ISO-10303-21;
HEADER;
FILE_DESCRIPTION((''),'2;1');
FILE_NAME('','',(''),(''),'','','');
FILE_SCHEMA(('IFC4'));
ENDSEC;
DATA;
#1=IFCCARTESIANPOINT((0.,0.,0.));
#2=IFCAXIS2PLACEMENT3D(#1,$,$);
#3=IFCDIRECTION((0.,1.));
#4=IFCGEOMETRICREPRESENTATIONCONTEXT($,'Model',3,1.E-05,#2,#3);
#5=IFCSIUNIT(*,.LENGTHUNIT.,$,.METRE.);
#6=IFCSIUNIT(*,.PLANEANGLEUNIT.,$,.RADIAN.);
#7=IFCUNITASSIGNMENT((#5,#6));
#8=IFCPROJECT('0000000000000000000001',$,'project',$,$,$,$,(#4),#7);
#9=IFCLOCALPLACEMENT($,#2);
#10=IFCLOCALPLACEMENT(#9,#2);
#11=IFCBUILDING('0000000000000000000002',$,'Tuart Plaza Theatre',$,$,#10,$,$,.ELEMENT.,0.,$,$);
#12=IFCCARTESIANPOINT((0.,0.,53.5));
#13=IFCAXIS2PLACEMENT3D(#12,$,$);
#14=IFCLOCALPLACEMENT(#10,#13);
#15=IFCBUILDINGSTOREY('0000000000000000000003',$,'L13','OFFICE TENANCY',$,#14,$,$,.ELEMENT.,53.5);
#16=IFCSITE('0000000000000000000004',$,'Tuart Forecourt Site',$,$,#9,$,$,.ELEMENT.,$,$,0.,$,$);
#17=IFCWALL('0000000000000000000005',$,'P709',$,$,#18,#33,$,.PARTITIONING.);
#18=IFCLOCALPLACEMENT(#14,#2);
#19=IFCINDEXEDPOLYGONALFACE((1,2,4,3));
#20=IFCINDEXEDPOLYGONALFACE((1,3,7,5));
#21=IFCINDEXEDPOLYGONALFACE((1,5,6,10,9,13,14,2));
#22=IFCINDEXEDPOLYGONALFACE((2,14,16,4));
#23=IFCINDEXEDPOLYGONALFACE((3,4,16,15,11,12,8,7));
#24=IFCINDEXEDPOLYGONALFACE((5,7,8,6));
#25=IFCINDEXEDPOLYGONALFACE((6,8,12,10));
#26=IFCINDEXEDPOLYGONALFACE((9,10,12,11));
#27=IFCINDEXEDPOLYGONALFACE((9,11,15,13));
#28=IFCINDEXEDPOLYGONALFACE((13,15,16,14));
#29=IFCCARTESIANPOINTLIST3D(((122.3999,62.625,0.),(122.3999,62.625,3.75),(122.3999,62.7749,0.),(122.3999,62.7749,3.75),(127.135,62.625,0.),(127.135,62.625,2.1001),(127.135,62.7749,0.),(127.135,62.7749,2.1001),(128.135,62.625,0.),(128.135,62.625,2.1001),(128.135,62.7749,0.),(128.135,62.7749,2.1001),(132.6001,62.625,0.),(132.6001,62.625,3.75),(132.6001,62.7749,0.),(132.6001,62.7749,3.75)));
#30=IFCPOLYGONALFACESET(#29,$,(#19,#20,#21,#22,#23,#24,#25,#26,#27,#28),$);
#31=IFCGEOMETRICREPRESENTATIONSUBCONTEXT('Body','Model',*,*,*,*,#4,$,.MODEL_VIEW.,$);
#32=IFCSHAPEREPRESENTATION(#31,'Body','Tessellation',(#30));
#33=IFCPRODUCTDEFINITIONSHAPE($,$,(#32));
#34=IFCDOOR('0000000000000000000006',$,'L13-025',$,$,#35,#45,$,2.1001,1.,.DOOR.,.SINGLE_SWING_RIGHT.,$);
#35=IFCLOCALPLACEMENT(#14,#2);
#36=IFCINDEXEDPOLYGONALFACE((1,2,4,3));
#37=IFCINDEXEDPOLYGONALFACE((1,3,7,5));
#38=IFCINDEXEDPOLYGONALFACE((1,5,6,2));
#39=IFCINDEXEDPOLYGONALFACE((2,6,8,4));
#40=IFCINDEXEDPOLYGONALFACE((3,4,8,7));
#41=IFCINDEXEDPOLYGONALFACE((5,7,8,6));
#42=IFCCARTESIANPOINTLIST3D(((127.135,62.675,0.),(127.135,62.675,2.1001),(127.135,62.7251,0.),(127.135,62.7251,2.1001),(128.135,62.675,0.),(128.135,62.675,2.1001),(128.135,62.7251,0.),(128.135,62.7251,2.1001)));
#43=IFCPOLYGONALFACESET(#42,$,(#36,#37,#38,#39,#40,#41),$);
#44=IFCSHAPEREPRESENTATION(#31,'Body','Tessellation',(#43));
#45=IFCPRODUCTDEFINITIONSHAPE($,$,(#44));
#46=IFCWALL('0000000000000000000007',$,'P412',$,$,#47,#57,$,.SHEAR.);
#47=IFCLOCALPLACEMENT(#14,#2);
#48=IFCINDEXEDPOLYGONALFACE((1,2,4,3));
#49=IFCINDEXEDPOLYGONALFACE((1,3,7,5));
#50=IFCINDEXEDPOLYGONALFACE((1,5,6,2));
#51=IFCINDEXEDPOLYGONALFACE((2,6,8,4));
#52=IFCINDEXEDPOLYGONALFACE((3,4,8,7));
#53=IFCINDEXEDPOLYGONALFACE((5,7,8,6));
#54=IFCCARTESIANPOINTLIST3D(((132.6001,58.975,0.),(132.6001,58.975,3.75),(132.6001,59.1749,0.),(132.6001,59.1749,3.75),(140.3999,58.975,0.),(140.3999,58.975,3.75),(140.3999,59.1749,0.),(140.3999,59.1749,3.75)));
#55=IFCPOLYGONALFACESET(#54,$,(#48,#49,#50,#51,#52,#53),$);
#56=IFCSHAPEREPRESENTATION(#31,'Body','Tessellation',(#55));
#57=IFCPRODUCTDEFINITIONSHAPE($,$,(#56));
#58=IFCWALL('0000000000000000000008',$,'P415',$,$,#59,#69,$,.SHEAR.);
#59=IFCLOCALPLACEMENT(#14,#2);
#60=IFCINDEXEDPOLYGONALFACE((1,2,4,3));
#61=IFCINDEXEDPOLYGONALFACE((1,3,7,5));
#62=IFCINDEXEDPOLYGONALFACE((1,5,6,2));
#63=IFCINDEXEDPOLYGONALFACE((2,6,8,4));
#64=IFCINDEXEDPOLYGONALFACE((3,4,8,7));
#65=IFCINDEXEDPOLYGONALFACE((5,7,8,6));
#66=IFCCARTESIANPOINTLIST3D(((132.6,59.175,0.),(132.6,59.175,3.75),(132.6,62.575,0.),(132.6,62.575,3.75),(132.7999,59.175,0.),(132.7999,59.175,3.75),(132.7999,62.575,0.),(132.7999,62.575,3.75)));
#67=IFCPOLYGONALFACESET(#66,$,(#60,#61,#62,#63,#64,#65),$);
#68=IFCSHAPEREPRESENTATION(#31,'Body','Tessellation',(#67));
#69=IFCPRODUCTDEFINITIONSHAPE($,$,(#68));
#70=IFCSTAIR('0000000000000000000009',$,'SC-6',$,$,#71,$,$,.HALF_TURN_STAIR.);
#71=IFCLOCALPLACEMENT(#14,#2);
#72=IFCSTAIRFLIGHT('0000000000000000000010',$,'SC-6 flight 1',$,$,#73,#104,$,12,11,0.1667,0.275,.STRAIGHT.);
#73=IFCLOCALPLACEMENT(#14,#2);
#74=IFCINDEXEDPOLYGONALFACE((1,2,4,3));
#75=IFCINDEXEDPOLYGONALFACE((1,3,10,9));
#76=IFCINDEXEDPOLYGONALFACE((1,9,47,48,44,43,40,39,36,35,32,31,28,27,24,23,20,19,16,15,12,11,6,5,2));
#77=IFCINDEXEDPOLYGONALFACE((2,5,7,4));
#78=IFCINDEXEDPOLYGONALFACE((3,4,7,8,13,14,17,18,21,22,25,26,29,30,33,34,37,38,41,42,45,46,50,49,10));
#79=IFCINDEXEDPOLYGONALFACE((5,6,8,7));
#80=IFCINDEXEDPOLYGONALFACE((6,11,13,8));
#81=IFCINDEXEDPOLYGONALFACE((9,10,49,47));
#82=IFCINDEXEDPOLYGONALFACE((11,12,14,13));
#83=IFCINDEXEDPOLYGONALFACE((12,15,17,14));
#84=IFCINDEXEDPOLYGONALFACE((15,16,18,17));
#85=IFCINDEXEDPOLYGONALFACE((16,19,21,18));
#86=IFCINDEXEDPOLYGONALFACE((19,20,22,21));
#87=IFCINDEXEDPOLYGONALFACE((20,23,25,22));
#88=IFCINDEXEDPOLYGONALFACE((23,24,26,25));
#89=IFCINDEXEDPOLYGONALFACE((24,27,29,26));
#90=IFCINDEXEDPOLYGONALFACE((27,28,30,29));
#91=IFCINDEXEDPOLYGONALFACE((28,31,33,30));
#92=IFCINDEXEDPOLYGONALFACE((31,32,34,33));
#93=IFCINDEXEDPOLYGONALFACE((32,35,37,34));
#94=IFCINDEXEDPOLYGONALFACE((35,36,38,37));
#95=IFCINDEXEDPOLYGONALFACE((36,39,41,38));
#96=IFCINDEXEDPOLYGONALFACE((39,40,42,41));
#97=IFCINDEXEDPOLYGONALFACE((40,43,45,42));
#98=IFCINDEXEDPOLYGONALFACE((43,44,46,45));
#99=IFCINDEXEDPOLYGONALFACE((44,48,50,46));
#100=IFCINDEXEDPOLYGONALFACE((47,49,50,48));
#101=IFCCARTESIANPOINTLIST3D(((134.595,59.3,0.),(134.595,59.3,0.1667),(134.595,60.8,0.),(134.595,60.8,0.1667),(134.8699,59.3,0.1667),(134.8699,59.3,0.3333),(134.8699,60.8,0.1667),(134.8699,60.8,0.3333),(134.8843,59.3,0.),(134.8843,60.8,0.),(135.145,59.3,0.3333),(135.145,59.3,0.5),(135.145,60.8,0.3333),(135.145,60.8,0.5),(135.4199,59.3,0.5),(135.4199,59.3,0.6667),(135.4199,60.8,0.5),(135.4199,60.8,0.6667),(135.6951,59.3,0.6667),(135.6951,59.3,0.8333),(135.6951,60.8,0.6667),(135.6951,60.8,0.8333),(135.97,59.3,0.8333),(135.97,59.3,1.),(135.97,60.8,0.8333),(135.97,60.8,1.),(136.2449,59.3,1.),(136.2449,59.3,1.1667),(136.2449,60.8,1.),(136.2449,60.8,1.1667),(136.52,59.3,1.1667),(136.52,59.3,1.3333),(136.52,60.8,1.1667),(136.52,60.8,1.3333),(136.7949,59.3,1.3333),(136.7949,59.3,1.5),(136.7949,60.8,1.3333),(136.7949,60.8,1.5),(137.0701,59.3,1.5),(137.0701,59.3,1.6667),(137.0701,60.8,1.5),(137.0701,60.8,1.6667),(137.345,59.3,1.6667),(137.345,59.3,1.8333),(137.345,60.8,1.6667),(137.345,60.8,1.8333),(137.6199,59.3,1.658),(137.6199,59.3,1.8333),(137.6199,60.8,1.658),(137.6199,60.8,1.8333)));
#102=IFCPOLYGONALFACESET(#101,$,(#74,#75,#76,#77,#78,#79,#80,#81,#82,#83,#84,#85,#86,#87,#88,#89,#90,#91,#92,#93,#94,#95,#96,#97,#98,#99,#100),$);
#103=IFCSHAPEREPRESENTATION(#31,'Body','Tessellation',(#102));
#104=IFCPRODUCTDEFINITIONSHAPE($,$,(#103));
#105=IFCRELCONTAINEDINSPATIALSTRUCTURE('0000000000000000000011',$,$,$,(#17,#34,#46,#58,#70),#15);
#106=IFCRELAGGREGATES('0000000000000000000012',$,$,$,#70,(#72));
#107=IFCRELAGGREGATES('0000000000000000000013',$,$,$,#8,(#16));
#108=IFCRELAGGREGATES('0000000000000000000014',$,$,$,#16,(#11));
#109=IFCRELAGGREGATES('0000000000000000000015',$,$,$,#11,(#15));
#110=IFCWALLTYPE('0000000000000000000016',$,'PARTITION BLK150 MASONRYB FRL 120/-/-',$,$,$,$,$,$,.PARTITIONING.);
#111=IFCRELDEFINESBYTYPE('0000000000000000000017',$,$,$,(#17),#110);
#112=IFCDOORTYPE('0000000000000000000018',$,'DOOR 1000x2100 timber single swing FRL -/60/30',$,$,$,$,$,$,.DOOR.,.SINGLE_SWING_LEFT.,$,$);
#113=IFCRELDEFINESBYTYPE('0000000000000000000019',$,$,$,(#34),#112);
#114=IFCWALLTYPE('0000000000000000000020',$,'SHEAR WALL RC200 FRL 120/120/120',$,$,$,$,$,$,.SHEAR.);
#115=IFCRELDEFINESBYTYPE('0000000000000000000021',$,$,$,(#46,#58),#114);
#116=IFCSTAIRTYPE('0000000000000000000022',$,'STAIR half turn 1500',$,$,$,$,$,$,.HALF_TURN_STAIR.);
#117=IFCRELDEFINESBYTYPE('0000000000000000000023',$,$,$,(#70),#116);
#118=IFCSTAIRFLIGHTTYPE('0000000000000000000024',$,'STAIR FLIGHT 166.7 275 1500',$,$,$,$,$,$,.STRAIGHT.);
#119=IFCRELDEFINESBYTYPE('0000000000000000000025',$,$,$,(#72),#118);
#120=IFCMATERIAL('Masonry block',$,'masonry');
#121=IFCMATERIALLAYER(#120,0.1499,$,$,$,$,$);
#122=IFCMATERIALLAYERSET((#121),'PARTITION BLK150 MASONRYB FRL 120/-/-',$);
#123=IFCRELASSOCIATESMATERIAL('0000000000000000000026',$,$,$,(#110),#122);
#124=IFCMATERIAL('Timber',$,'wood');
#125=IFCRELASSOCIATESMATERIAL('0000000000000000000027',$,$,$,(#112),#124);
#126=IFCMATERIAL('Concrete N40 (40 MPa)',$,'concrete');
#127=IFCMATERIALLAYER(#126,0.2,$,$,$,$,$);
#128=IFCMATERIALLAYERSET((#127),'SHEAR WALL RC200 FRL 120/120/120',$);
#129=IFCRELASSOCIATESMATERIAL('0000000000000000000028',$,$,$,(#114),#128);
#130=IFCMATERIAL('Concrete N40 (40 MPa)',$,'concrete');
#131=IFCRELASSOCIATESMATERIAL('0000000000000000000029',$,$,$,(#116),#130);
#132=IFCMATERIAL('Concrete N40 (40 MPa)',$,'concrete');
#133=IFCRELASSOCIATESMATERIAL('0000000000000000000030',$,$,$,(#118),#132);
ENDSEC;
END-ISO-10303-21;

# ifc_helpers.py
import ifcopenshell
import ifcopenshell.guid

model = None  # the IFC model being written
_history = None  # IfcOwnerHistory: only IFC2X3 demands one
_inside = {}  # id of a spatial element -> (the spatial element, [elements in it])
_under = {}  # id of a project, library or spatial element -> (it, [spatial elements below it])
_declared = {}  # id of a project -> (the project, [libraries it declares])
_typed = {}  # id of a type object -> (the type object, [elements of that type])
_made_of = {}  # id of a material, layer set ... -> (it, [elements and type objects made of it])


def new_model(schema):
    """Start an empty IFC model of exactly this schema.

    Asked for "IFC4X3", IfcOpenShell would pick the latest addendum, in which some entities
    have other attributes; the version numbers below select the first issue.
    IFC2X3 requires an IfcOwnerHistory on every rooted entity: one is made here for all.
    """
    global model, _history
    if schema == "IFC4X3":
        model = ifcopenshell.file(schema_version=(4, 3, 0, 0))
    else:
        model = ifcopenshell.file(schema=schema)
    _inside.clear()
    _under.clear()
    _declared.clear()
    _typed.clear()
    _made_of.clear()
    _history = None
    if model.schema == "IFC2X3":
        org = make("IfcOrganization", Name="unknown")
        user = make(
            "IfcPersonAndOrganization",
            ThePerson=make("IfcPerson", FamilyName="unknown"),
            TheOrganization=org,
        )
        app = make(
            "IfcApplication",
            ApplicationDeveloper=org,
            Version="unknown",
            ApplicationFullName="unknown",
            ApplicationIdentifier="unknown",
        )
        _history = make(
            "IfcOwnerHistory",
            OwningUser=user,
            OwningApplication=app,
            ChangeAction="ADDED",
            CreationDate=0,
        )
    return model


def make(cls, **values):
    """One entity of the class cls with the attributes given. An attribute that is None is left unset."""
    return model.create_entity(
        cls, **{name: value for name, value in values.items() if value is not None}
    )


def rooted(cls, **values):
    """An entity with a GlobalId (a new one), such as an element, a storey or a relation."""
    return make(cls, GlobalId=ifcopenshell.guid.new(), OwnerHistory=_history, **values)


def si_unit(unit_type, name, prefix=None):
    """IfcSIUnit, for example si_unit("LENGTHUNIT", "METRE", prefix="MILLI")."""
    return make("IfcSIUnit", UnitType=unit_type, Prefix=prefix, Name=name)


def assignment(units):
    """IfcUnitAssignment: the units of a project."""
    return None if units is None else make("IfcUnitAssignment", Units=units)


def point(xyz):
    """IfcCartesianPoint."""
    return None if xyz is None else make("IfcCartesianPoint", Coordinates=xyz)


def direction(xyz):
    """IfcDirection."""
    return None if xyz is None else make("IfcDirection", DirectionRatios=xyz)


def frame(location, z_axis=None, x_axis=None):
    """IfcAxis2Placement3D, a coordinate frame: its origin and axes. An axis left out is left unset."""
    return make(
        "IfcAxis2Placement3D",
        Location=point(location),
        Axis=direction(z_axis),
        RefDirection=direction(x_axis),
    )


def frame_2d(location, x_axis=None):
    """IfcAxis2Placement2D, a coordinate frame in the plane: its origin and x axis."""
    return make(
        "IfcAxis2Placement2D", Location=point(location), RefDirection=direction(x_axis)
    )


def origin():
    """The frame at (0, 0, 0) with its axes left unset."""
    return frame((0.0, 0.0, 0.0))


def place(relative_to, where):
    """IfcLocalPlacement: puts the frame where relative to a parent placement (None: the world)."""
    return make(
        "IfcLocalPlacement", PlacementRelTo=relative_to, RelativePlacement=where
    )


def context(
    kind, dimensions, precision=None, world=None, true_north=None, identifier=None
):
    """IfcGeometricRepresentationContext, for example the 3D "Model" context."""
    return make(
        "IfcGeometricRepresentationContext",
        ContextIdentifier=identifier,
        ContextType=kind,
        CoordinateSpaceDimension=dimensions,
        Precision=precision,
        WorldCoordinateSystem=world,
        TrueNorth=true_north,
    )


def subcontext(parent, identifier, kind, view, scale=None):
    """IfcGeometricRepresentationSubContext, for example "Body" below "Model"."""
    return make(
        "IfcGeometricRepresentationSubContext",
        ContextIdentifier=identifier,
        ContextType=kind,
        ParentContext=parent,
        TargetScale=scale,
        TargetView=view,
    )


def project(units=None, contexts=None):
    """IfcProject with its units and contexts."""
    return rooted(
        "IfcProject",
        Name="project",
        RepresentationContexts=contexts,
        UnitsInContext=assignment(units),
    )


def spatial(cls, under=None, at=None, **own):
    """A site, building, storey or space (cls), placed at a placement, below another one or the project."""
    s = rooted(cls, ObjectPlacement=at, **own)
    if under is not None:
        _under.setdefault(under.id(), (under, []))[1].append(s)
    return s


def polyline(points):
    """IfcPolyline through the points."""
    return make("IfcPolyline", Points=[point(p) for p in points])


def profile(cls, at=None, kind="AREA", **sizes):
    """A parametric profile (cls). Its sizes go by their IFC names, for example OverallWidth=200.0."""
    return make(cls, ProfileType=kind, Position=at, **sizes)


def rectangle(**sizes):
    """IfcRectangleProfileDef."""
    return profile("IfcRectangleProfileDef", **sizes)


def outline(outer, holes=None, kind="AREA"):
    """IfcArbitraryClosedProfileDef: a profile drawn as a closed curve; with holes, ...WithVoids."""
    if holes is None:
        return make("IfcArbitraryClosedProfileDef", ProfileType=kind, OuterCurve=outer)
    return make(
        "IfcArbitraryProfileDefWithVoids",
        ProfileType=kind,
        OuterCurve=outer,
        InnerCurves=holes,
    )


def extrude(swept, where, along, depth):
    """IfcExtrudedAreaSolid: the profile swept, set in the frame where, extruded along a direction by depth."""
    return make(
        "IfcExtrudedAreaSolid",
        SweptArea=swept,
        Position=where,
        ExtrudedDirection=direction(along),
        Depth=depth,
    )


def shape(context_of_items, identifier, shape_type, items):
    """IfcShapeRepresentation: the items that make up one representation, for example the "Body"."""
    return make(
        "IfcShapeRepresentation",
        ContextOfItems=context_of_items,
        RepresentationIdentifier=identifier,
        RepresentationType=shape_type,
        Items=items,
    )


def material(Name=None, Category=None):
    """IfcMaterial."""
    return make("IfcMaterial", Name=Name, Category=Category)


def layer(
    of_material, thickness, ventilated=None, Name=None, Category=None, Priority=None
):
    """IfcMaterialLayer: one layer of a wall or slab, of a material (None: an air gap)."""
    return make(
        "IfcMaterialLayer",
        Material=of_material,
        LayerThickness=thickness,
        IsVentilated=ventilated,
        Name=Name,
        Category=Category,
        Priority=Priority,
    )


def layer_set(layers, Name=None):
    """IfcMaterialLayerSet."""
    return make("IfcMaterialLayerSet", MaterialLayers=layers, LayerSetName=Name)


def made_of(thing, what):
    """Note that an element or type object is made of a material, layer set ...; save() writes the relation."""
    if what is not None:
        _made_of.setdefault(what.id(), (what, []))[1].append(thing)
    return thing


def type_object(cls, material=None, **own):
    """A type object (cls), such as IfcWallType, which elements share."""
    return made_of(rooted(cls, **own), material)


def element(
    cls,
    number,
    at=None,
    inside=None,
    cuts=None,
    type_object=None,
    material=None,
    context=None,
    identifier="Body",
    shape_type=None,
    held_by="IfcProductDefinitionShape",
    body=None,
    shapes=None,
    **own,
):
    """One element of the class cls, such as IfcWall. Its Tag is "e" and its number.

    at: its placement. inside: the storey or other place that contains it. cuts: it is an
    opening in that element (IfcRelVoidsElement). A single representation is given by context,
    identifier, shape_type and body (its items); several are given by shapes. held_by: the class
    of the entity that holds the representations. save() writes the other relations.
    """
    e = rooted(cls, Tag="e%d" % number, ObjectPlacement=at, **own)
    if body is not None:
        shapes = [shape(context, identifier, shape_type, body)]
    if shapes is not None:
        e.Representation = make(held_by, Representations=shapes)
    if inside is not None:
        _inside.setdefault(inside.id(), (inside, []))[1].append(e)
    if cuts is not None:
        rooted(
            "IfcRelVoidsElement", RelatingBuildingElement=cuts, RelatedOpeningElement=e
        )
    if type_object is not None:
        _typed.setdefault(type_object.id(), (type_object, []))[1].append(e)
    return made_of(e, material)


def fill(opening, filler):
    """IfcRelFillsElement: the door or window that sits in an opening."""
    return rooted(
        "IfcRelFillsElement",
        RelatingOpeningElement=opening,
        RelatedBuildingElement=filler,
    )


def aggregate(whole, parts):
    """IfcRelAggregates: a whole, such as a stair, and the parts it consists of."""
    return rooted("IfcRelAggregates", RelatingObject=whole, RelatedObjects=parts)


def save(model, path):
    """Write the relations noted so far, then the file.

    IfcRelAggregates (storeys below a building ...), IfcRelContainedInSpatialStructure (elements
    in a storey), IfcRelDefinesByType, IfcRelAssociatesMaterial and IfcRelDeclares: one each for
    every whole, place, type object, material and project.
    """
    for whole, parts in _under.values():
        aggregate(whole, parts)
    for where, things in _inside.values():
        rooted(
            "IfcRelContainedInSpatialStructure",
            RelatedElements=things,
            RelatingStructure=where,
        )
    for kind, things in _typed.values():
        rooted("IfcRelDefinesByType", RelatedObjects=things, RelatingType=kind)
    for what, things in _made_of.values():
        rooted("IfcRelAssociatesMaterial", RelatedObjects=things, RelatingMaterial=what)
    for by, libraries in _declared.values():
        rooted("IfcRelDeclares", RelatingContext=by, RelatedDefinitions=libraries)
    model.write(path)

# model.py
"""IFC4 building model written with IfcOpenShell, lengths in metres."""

from ifc_helpers import new_model, si_unit, direction, frame, frame_2d, origin, place, context, subcontext, project, spatial, polyline, rectangle, outline, extrude, material, layer, layer_set, type_object, element, fill, aggregate, save


model = new_model("IFC4")

# Units and contexts
model_context = context("Model", 3, precision=1e-05, world=origin(), true_north=direction((0.0, 1.0)))
body_context = subcontext(model_context, "Body", "Model", "MODEL_VIEW")
ifc_project = project(units=[si_unit("LENGTHUNIT", "METRE"), si_unit("PLANEANGLEUNIT", "RADIAN")], contexts=[model_context])

# Site, building, storey
site_placement = place(None, origin())
site = spatial("IfcSite", under=ifc_project, at=site_placement, Name="Tuart Forecourt Site", CompositionType="ELEMENT", RefElevation=0.0)
building_placement = place(site_placement, origin())
building = spatial("IfcBuilding", under=site, at=building_placement, Name="Tuart Plaza Theatre", CompositionType="ELEMENT", ElevationOfRefHeight=0.0)
storey_placement = place(building_placement, frame((0.0, 0.0, 53.5)))
storey = spatial("IfcBuildingStorey", under=building, at=storey_placement, Name="L13", Description="OFFICE TENANCY", CompositionType="ELEMENT", Elevation=53.5)

# Wall, opening, door
ifc_material_1 = material(Name="Masonry block", Category="masonry")
ifc_layer_1 = layer(ifc_material_1, 0.1499)
ifc_layer_set_1 = layer_set([ifc_layer_1], Name="PARTITION BLK150 MASONRYB FRL 120/-/-")
wall_type_1 = type_object("IfcWallType", Name="PARTITION BLK150 MASONRYB FRL 120/-/-", PredefinedType="PARTITIONING", material=ifc_layer_set_1)
wall_1_placement = place(storey_placement, frame((132.6001, 62.7, 0.0), z_axis=(0.0, 0.0, 1.0), x_axis=(-1.0, 0.0, 0.0)))
wall_1 = element("IfcWall", 1, at=wall_1_placement, inside=storey, type_object=wall_type_1, Name="P709", PredefinedType="PARTITIONING", context=body_context, shape_type="SweptSolid", body=[
    extrude(rectangle(XDim=10.2002, YDim=0.1499, at=frame_2d((5.1001, 0.0))), origin(), (0.0, 0.0, 1.0), 3.75),
])
opening_placement = place(wall_1_placement, frame((4.4651, 0.0, 0.0)))
opening = element("IfcOpeningElement", 2, at=opening_placement, cuts=wall_1, PredefinedType="OPENING", context=body_context, shape_type="SweptSolid", body=[
    extrude(rectangle(XDim=1.0, YDim=2.1001, at=frame_2d((0.5, 1.05))), frame((0.0, 0.085, 0.0), z_axis=(0.0, -1.0, 0.0), x_axis=(1.0, 0.0, 0.0)), (0.0, 0.0, 1.0), 0.1699),
])
ifc_material_2 = material(Name="Timber", Category="wood")
door_type = type_object("IfcDoorType", Name="DOOR 1000x2100 timber single swing FRL -/60/30", OperationType="SINGLE_SWING_LEFT", PredefinedType="DOOR", material=ifc_material_2)
door_placement = place(opening_placement, origin())
door = element("IfcDoor", 3, at=door_placement, inside=storey, type_object=door_type, Name="L13-025", OperationType="SINGLE_SWING_RIGHT", OverallHeight=2.1001, OverallWidth=1.0, PredefinedType="DOOR", context=body_context, shape_type="SweptSolid", body=[
    extrude(rectangle(XDim=1.0, YDim=2.1001, at=frame_2d((0.5, 1.05))), frame((0.0, 0.0249, 0.0), z_axis=(0.0, -1.0, 0.0), x_axis=(1.0, 0.0, 0.0)), (0.0, 0.0, 1.0), 0.05),
])
fill(opening, door)

# Walls
ifc_material_3 = material(Name="Concrete N40 (40 MPa)", Category="concrete")
ifc_layer_2 = layer(ifc_material_3, 0.2)
ifc_layer_set_2 = layer_set([ifc_layer_2], Name="SHEAR WALL RC200 FRL 120/120/120")
wall_type_2 = type_object("IfcWallType", Name="SHEAR WALL RC200 FRL 120/120/120", PredefinedType="SHEAR", material=ifc_layer_set_2)
wall_2_placement = place(storey_placement, frame((132.6001, 59.075, 0.0), z_axis=(0.0, 0.0, 1.0), x_axis=(1.0, 0.0, 0.0)))
element("IfcWall", 4, at=wall_2_placement, inside=storey, type_object=wall_type_2, Name="P412", PredefinedType="SHEAR", context=body_context, shape_type="SweptSolid", body=[
    extrude(rectangle(XDim=7.7998, YDim=0.2, at=frame_2d((3.8999, 0.0))), origin(), (0.0, 0.0, 1.0), 3.75),
])
wall_3_placement = place(storey_placement, frame((132.7, 62.575, 0.0), z_axis=(0.0, 0.0, 1.0), x_axis=(0.0, -1.0, 0.0)))
element("IfcWall", 5, at=wall_3_placement, inside=storey, type_object=wall_type_2, Name="P415", PredefinedType="SHEAR", context=body_context, shape_type="SweptSolid", body=[
    extrude(rectangle(XDim=3.3999, YDim=0.2, at=frame_2d((1.7, 0.0))), origin(), (0.0, 0.0, 1.0), 3.75),
])

# Stair, stair flight
ifc_material_4 = material(Name="Concrete N40 (40 MPa)", Category="concrete")
stair_type = type_object("IfcStairType", Name="STAIR half turn 1500", PredefinedType="HALF_TURN_STAIR", material=ifc_material_4)
stair_placement = place(storey_placement, origin())
stair = element("IfcStair", 6, at=stair_placement, inside=storey, type_object=stair_type, Name="SC-6", PredefinedType="HALF_TURN_STAIR")
ifc_material_5 = material(Name="Concrete N40 (40 MPa)", Category="concrete")
stair_flight_type = type_object("IfcStairFlightType", Name="STAIR FLIGHT 166.7 275 1500", PredefinedType="STRAIGHT", material=ifc_material_5)
stair_flight_placement = place(storey_placement, frame((134.595, 60.05, 0.0), z_axis=(0.0, 0.0, 1.0), x_axis=(1.0, 0.0, 0.0)))
stair_flight = element("IfcStairFlight", 7, at=stair_flight_placement, type_object=stair_flight_type, Name="SC-6 flight 1", NumberOfRisers=12, NumberOfTreads=11, PredefinedType="STRAIGHT", RiserHeight=0.1667, TreadLength=0.275, context=body_context, shape_type="SweptSolid", body=[
    extrude(outline(polyline([(0.0, 0.0), (0.0, 0.1667), (0.2749, 0.1667), (0.2749, 0.3333), (0.55, 0.3333), (0.55, 0.5), (0.825, 0.5), (0.825, 0.6667), (1.1001, 0.6667), (1.1001, 0.8333), (1.375, 0.8333), (1.375, 1.0), (1.6499, 1.0), (1.6499, 1.1667), (1.925, 1.1667), (1.925, 1.3333), (2.2, 1.3333), (2.2, 1.5), (2.4751, 1.5), (2.4751, 1.6667), (2.75, 1.6667), (2.75, 1.8333), (3.0249, 1.8333), (3.0249, 2.0), (3.0249, 1.658), (0.2893, 0.0), (0.0, 0.0)])), frame((0.0, 0.75, 0.0), z_axis=(0.0, -1.0, 0.0), x_axis=(1.0, 0.0, 0.0)), (0.0, 0.0, 1.0), 1.5),
])
aggregate(stair, [stair_flight])

save(model, "model.ifc")
